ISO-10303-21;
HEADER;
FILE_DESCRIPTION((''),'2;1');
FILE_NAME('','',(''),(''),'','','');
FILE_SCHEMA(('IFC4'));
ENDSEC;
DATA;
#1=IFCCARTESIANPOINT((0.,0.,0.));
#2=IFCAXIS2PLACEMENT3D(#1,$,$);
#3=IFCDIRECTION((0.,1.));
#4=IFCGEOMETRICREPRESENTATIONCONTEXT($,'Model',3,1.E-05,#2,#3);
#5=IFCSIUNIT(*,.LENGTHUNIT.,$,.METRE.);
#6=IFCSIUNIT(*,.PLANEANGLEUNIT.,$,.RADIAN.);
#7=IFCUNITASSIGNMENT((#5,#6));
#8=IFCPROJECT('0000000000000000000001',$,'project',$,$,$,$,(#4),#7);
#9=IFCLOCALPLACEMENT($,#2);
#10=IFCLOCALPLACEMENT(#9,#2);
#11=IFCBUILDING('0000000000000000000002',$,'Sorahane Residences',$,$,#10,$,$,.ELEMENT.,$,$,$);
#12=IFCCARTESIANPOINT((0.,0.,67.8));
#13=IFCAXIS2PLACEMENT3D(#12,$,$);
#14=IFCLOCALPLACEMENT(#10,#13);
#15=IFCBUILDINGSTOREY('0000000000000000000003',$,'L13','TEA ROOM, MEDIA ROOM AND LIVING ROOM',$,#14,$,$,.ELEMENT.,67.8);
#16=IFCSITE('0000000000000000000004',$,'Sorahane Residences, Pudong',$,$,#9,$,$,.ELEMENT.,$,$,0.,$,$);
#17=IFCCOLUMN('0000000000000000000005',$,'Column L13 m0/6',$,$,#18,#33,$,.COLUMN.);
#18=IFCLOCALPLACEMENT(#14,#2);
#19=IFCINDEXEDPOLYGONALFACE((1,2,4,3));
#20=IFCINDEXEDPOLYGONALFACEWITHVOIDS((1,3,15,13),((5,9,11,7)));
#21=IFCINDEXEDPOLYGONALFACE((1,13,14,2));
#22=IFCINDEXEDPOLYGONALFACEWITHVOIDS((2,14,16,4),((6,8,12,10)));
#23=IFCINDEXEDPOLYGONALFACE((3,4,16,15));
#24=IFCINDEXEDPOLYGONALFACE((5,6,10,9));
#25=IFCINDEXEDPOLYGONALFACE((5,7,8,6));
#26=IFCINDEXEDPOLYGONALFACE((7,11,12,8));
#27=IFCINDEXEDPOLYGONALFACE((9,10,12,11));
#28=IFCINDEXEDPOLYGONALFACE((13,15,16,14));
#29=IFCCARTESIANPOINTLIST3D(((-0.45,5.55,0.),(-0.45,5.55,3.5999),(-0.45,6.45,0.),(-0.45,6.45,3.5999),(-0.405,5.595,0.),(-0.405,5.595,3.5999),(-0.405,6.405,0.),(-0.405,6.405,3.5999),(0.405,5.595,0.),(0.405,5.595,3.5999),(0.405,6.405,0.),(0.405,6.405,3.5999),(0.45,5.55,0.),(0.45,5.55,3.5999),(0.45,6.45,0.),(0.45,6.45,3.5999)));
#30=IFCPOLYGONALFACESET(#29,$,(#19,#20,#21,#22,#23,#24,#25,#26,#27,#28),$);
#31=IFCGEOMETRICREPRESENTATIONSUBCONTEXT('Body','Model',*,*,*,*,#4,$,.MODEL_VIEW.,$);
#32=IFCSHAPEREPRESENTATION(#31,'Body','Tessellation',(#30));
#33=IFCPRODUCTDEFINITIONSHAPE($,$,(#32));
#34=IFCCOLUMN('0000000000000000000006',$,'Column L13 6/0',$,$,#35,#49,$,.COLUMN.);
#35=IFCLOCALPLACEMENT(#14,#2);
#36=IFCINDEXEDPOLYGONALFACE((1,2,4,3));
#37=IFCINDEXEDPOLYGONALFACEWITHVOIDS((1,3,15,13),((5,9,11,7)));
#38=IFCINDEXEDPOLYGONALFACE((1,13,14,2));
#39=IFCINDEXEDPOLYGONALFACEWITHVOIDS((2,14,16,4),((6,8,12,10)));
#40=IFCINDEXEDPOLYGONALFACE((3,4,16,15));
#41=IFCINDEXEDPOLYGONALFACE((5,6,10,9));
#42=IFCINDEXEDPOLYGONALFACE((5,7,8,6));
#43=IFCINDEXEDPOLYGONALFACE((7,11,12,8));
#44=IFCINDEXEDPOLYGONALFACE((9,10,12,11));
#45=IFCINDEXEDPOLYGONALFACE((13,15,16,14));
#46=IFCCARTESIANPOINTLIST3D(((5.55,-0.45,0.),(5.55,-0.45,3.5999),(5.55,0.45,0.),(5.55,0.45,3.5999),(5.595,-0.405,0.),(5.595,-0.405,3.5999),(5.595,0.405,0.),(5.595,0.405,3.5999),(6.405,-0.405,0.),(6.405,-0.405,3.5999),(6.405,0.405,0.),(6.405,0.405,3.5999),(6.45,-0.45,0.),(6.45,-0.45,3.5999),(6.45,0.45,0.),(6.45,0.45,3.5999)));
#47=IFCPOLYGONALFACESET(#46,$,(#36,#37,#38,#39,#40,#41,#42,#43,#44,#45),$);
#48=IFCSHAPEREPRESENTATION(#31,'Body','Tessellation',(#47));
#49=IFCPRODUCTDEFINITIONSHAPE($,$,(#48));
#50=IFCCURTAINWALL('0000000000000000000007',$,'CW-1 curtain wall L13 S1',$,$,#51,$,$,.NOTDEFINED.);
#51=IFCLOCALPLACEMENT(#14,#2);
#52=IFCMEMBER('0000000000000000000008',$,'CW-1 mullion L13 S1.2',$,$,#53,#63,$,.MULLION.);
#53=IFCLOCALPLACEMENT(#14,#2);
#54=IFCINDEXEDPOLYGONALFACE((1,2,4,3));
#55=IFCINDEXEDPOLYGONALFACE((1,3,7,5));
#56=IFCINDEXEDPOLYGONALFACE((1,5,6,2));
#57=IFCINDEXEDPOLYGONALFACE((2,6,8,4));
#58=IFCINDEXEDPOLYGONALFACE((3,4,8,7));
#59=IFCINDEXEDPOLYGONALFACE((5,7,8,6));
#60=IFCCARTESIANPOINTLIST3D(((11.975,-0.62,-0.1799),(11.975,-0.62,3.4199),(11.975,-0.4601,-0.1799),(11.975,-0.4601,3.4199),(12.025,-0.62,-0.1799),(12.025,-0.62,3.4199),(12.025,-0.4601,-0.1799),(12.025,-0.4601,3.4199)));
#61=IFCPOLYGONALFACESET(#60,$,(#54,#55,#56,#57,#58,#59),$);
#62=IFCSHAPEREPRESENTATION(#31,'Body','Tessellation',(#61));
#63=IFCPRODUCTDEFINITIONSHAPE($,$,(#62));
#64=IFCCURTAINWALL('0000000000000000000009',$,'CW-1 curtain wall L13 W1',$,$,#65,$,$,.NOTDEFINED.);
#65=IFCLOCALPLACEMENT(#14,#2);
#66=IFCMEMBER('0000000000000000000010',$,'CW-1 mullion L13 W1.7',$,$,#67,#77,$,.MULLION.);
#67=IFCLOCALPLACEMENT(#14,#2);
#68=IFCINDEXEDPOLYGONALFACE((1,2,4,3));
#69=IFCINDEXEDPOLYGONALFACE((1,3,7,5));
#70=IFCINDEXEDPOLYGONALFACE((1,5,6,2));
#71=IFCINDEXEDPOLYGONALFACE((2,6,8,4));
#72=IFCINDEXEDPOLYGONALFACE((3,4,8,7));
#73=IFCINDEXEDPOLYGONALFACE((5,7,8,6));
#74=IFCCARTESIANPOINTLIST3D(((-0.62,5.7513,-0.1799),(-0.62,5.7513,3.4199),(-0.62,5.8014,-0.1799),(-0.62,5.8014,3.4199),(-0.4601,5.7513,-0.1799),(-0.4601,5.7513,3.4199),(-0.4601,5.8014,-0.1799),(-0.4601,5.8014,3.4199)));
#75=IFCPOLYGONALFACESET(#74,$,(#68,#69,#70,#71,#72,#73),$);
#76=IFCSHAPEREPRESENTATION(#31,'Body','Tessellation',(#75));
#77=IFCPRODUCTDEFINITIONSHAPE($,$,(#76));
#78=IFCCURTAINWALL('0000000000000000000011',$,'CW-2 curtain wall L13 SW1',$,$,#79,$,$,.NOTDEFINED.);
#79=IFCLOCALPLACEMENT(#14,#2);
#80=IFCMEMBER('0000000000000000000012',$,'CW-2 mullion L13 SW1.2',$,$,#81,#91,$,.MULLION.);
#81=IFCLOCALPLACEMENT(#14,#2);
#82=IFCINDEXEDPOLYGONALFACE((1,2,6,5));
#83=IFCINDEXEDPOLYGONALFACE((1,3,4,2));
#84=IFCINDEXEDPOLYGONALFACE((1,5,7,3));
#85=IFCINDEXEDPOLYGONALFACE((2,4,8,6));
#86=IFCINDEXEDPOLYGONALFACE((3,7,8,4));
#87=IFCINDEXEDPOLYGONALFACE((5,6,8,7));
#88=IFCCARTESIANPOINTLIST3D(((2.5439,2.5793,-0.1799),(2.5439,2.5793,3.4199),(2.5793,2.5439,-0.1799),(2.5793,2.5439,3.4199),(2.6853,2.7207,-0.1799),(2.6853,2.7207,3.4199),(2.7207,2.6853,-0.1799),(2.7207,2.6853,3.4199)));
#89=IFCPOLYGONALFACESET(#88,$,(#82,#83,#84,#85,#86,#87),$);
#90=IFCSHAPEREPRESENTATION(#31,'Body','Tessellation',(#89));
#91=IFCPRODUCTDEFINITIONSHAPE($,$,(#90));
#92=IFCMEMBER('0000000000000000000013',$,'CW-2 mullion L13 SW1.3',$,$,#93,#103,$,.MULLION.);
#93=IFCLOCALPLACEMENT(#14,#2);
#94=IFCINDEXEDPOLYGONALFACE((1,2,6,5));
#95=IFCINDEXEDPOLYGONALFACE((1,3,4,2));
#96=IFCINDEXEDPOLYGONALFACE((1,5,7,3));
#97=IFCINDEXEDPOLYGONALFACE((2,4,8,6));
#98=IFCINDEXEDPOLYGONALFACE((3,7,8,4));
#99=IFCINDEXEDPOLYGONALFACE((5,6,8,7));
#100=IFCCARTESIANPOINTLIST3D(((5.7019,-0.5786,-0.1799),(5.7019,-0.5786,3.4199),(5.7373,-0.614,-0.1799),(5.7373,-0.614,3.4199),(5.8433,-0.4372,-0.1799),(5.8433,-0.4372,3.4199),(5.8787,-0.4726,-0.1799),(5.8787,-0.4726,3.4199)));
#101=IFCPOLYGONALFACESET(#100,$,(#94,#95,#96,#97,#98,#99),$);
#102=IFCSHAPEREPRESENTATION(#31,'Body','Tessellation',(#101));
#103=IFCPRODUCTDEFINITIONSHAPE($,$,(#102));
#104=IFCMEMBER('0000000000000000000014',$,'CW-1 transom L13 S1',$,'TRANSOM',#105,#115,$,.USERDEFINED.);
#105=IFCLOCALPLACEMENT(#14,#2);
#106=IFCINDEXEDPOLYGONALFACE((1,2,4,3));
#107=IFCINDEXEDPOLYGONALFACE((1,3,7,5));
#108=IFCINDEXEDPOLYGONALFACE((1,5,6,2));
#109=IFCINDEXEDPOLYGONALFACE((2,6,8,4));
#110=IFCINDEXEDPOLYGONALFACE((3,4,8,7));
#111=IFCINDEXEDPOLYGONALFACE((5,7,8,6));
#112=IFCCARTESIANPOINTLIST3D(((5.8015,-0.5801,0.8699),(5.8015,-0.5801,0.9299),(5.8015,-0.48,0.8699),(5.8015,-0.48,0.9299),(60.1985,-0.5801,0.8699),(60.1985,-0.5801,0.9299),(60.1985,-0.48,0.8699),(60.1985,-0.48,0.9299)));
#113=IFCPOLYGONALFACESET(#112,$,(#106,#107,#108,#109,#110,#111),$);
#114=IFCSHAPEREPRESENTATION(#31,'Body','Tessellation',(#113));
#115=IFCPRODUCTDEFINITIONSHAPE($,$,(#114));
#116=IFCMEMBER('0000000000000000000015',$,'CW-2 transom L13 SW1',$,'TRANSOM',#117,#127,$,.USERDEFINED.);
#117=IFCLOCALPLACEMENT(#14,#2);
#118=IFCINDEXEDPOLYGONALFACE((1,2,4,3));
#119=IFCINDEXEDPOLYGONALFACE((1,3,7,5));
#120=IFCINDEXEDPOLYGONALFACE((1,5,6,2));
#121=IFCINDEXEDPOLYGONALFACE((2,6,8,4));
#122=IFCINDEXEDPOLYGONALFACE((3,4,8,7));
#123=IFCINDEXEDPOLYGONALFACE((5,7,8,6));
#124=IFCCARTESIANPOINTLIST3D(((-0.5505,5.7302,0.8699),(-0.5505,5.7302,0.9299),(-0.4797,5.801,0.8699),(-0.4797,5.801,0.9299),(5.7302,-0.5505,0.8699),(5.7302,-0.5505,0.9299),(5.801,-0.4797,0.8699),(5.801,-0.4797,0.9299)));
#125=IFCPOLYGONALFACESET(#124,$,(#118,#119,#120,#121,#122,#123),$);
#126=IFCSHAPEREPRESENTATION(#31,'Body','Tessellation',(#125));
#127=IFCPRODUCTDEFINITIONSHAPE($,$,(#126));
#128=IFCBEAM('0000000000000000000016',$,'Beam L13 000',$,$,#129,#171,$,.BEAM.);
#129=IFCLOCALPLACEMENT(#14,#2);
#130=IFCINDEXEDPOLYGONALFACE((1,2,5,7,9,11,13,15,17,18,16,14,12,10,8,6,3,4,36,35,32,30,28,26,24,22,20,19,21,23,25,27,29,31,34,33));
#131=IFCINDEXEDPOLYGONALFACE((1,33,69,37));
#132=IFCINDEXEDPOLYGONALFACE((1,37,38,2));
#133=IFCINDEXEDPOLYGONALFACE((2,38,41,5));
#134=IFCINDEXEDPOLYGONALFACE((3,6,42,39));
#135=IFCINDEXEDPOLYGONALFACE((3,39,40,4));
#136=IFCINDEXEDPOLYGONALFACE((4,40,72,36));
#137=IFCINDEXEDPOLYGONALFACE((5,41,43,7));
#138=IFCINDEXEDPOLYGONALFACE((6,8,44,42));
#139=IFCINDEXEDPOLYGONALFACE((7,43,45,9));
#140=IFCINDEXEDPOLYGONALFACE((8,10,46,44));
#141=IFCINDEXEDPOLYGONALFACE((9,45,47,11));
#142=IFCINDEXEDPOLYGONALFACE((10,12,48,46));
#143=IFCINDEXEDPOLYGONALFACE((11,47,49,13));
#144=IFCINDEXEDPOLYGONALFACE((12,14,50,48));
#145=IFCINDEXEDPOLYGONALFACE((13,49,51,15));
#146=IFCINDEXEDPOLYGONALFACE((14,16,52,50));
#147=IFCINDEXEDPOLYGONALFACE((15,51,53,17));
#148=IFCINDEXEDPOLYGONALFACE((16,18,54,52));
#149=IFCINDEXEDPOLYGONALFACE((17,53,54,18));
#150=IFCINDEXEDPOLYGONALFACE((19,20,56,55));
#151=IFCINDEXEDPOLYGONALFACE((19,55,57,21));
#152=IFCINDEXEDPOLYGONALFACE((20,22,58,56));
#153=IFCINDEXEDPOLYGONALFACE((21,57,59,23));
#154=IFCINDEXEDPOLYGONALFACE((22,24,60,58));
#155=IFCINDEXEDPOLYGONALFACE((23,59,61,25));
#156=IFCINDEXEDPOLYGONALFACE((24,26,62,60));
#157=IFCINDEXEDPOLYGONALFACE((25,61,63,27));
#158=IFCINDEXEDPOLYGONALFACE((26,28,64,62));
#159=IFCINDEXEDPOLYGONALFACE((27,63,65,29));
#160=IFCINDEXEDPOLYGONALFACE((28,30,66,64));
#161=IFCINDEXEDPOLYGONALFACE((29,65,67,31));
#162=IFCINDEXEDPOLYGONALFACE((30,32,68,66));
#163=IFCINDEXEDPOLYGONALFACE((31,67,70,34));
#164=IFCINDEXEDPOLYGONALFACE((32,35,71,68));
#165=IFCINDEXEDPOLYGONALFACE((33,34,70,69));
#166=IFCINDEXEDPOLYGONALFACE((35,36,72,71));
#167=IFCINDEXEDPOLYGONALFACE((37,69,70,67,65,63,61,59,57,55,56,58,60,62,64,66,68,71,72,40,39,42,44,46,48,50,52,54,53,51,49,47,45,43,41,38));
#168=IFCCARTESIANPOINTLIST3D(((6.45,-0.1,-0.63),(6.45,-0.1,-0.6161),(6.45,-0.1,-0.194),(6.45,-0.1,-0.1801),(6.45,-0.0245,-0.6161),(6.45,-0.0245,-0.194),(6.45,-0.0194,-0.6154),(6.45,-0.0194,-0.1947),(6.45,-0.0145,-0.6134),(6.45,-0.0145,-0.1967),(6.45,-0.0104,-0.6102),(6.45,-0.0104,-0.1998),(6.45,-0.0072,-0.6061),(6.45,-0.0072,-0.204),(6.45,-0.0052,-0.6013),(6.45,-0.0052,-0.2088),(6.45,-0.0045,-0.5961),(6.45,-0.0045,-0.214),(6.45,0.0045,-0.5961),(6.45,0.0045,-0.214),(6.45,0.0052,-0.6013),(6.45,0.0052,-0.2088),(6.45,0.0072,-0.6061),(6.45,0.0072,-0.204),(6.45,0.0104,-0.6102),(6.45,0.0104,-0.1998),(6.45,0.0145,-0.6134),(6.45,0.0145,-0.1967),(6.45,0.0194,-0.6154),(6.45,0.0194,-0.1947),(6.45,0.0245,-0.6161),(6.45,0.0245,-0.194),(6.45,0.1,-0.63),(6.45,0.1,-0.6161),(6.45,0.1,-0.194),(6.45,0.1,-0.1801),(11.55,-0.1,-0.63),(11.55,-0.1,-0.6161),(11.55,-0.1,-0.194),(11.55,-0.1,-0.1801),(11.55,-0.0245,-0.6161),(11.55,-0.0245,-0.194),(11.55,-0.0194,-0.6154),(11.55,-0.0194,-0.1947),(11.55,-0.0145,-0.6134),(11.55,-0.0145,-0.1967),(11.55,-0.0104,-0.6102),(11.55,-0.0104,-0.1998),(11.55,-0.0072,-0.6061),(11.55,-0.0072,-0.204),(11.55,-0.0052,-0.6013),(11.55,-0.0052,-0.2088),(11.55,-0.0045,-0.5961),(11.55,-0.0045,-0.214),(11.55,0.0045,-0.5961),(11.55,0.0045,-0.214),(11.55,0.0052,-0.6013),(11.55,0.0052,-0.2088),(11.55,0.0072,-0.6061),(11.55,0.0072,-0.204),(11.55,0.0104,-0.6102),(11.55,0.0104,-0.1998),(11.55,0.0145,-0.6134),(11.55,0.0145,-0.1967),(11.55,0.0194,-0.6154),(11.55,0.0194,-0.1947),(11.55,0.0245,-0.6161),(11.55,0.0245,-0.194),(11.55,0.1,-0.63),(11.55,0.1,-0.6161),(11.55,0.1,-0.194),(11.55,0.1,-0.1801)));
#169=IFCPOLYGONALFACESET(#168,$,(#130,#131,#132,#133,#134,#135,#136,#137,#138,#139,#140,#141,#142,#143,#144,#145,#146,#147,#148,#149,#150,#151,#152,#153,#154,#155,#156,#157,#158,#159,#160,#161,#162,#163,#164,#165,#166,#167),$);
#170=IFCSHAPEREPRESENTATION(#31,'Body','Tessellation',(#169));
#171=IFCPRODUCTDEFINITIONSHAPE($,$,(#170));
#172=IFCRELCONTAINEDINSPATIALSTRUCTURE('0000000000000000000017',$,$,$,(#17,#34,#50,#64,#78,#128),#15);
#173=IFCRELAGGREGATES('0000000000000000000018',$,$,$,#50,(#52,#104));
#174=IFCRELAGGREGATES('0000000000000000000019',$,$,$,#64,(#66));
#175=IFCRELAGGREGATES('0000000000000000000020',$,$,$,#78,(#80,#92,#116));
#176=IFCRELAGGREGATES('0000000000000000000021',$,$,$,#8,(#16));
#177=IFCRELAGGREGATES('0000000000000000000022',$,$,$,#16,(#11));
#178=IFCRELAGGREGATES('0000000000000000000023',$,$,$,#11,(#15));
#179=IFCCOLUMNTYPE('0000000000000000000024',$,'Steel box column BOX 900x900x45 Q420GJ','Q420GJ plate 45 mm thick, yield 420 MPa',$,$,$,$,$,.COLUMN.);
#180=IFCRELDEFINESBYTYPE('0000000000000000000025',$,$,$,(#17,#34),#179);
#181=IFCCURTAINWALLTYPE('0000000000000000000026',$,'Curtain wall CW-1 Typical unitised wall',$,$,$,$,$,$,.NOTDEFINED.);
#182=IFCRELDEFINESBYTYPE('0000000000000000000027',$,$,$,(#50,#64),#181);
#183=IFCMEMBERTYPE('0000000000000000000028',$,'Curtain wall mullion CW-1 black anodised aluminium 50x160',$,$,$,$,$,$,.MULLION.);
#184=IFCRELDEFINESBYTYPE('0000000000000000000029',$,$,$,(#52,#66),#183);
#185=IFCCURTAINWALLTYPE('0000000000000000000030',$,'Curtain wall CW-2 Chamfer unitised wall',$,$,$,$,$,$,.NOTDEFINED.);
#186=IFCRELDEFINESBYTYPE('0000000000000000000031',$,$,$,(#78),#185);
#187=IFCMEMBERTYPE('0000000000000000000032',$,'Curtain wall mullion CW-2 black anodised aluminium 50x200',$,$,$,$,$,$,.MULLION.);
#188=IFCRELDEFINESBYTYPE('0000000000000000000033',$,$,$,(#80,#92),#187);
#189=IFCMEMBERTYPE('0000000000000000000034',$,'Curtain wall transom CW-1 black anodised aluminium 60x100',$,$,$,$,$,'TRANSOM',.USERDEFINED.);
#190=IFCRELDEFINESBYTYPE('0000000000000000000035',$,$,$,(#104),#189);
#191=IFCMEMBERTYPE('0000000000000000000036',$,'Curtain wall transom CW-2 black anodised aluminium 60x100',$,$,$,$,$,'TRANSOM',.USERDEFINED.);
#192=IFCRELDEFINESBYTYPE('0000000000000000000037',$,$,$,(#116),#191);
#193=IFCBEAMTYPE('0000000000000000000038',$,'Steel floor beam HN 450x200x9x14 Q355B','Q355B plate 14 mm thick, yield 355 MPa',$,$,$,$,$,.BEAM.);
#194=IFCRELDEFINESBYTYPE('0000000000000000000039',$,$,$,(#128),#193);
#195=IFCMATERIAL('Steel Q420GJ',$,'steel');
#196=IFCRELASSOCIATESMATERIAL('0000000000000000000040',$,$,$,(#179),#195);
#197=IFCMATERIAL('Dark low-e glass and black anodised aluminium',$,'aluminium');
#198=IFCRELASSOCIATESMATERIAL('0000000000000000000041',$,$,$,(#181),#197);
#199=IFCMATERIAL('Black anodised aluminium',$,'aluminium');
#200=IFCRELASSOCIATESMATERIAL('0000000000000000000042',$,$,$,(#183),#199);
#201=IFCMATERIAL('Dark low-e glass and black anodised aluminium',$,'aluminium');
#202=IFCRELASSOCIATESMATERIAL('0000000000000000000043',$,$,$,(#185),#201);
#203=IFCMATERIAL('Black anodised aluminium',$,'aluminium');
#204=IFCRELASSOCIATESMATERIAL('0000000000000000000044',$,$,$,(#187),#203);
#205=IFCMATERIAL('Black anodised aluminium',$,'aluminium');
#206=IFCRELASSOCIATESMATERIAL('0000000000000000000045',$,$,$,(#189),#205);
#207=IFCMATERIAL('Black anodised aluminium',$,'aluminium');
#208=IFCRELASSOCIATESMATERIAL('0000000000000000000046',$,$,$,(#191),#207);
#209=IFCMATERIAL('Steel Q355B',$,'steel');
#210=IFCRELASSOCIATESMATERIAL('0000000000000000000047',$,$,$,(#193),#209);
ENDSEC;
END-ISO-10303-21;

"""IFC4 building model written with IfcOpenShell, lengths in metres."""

from ifc_helpers import new_model, si_unit, direction, frame, origin, origin_2d, place, context, subcontext, project, spatial, rectangle, hollow_rectangle, i_section, extrude, material, material_profile, profile_set, type_object, element, aggregate, save


model = new_model("IFC4")

# Units and contexts
model_context = context("Model", 3, precision=1e-05, world=origin(), true_north=direction((0.0, 1.0)))
body_context = subcontext(model_context, "Body", "Model", "MODEL_VIEW")
ifc_project = project(units=[si_unit("LENGTHUNIT", "METRE"), si_unit("PLANEANGLEUNIT", "RADIAN")], contexts=[model_context])

# Site, building, storey
site_placement = place(None, origin())
site = spatial("IfcSite", under=ifc_project, at=site_placement, Name="Sorahane Residences, Pudong", CompositionType="ELEMENT", RefElevation=0.0)
building_placement = place(site_placement, origin())
building = spatial("IfcBuilding", under=site, at=building_placement, Name="Sorahane Residences", CompositionType="ELEMENT")
storey_placement = place(building_placement, frame((0.0, 0.0, 67.8)))
storey = spatial("IfcBuildingStorey", under=building, at=storey_placement, Name="L13", Description="TEA ROOM, MEDIA ROOM AND LIVING ROOM", CompositionType="ELEMENT", Elevation=67.8)

# Columns
ifc_material_1 = material(Name="Steel Q420GJ", Category="steel")
ifc_material_profile_1 = material_profile(ifc_material_1, hollow_rectangle(XDim=0.8999, YDim=0.8999, WallThickness=0.0449, at=origin_2d()), Name="BOX 900x900x45")
ifc_profile_set_1 = profile_set([ifc_material_profile_1], Name="Steel Q420GJ")
column_type = type_object("IfcColumnType", Name="Steel box column BOX 900x900x45 Q420GJ", Description="Q420GJ plate 45 mm thick, yield 420 MPa", PredefinedType="COLUMN", material=ifc_profile_set_1)
for number, where, z_axis, x_axis, name in (
    (1, (0.0, 6.0, 0.0), (0.0, 0.0, 1.0), (1.0, 0.0, 0.0), "Column L13 m0/6"),
    (2, (6.0, 0.0, 0.0), (0.0, 0.0, 1.0), (1.0, 0.0, 0.0), "Column L13 6/0"),
):
    element("IfcColumn", number, at=place(storey_placement, frame(where, z_axis=z_axis, x_axis=x_axis)), inside=storey, type_object=column_type, Name=name, PredefinedType="COLUMN", context=body_context, shape_type="SweptSolid", body=[
        extrude(hollow_rectangle(XDim=0.8999, YDim=0.8999, WallThickness=0.0449, at=origin_2d()), origin(), (0.0, 0.0, 1.0), 3.5999),
    ])

# Curtain walls, members
ifc_material_2 = material(Name="Dark low-e glass and black anodised aluminium", Category="aluminium")
curtain_wall_type_1 = type_object("IfcCurtainWallType", Name="Curtain wall CW-1 Typical unitised wall", PredefinedType="NOTDEFINED", material=ifc_material_2)
curtain_wall_1_placement = place(storey_placement, origin())
curtain_wall_1 = element("IfcCurtainWall", 3, at=curtain_wall_1_placement, inside=storey, type_object=curtain_wall_type_1, Name="CW-1 curtain wall L13 S1", PredefinedType="NOTDEFINED")
ifc_material_3 = material(Name="Black anodised aluminium", Category="aluminium")
ifc_material_profile_2 = material_profile(ifc_material_3, rectangle(XDim=0.1599, YDim=0.05, at=origin_2d()), Name="Curtain wall mullion CW-1 black anodised aluminium 50x160")
ifc_profile_set_2 = profile_set([ifc_material_profile_2], Name="Black anodised aluminium")
member_type_1 = type_object("IfcMemberType", Name="Curtain wall mullion CW-1 black anodised aluminium 50x160", PredefinedType="MULLION", material=ifc_profile_set_2)
member_1_placement = place(storey_placement, frame((12.0, -0.54, -0.1799), z_axis=(0.0, 0.0, 1.0), x_axis=(0.0, -1.0, 0.0)))
member_1 = element("IfcMember", 4, at=member_1_placement, type_object=member_type_1, Name="CW-1 mullion L13 S1.2", PredefinedType="MULLION", context=body_context, shape_type="SweptSolid", body=[
    extrude(rectangle(XDim=0.1599, YDim=0.05, at=origin_2d()), origin(), (0.0, 0.0, 1.0), 3.5999),
])
curtain_wall_2_placement = place(storey_placement, origin())
curtain_wall_2 = element("IfcCurtainWall", 5, at=curtain_wall_2_placement, inside=storey, type_object=curtain_wall_type_1, Name="CW-1 curtain wall L13 W1", PredefinedType="NOTDEFINED")
member_2_placement = place(storey_placement, frame((-0.54, 5.7764, -0.1799), z_axis=(0.0, 0.0, 1.0), x_axis=(-1.0, 0.0, 0.0)))
member_2 = element("IfcMember", 6, at=member_2_placement, type_object=member_type_1, Name="CW-1 mullion L13 W1.7", PredefinedType="MULLION", context=body_context, shape_type="SweptSolid", body=[
    extrude(rectangle(XDim=0.1599, YDim=0.05, at=origin_2d()), origin(), (0.0, 0.0, 1.0), 3.5999),
])

# Curtain wall, members
ifc_material_4 = material(Name="Dark low-e glass and black anodised aluminium", Category="aluminium")
curtain_wall_type_2 = type_object("IfcCurtainWallType", Name="Curtain wall CW-2 Chamfer unitised wall", PredefinedType="NOTDEFINED", material=ifc_material_4)
curtain_wall_3_placement = place(storey_placement, origin())
curtain_wall_3 = element("IfcCurtainWall", 7, at=curtain_wall_3_placement, inside=storey, type_object=curtain_wall_type_2, Name="CW-2 curtain wall L13 SW1", PredefinedType="NOTDEFINED")
ifc_material_5 = material(Name="Black anodised aluminium", Category="aluminium")
ifc_material_profile_3 = material_profile(ifc_material_5, rectangle(XDim=0.2, YDim=0.05, at=origin_2d()), Name="Curtain wall mullion CW-2 black anodised aluminium 50x200")
ifc_profile_set_3 = profile_set([ifc_material_profile_3], Name="Black anodised aluminium")
member_type_2 = type_object("IfcMemberType", Name="Curtain wall mullion CW-2 black anodised aluminium 50x200", PredefinedType="MULLION", material=ifc_profile_set_3)
member_3_placement = place(storey_placement, frame((2.6323, 2.6323, -0.1799), z_axis=(0.0, 0.0, 1.0), x_axis=(-0.707107, -0.707107, 0.0)))
member_3 = element("IfcMember", 8, at=member_3_placement, type_object=member_type_2, Name="CW-2 mullion L13 SW1.2", PredefinedType="MULLION", context=body_context, shape_type="SweptSolid", body=[
    extrude(rectangle(XDim=0.2, YDim=0.05, at=origin_2d()), origin(), (0.0, 0.0, 1.0), 3.5999),
])
member_4_placement = place(storey_placement, frame((5.7903, -0.5256, -0.1799), z_axis=(0.0, 0.0, 1.0), x_axis=(-0.707107, -0.707107, 0.0)))
member_4 = element("IfcMember", 9, at=member_4_placement, type_object=member_type_2, Name="CW-2 mullion L13 SW1.3", PredefinedType="MULLION", context=body_context, shape_type="SweptSolid", body=[
    extrude(rectangle(XDim=0.2, YDim=0.05, at=origin_2d()), origin(), (0.0, 0.0, 1.0), 3.5999),
])

# Members
ifc_material_6 = material(Name="Black anodised aluminium", Category="aluminium")
ifc_material_profile_4 = material_profile(ifc_material_6, rectangle(XDim=0.1001, YDim=0.0601, at=origin_2d()), Name="Curtain wall transom CW-1 black anodised aluminium 60x100")
ifc_profile_set_4 = profile_set([ifc_material_profile_4], Name="Black anodised aluminium")
member_type_3 = type_object("IfcMemberType", Name="Curtain wall transom CW-1 black anodised aluminium 60x100", ElementType="TRANSOM", PredefinedType="USERDEFINED", material=ifc_profile_set_4)
member_5_placement = place(storey_placement, frame((5.8015, -0.53, 0.8999), z_axis=(1.0, 0.0, 0.0), x_axis=(0.0, 1.0, 0.0)))
member_5 = element("IfcMember", 10, at=member_5_placement, type_object=member_type_3, Name="CW-1 transom L13 S1", ObjectType="TRANSOM", PredefinedType="USERDEFINED", context=body_context, shape_type="SweptSolid", body=[
    extrude(rectangle(XDim=0.1001, YDim=0.0601, at=origin_2d()), origin(), (0.0, 0.0, 1.0), 54.397),
])
ifc_material_7 = material(Name="Black anodised aluminium", Category="aluminium")
ifc_material_profile_5 = material_profile(ifc_material_7, rectangle(XDim=0.1001, YDim=0.0601, at=origin_2d()), Name="Curtain wall transom CW-2 black anodised aluminium 60x100")
ifc_profile_set_5 = profile_set([ifc_material_profile_5], Name="Black anodised aluminium")
member_type_4 = type_object("IfcMemberType", Name="Curtain wall transom CW-2 black anodised aluminium 60x100", ElementType="TRANSOM", PredefinedType="USERDEFINED", material=ifc_profile_set_5)
member_6_placement = place(storey_placement, frame((-0.5151, 5.7656, 0.8999), z_axis=(0.707107, -0.707107, 0.0), x_axis=(0.707107, 0.707107, 0.0)))
member_6 = element("IfcMember", 11, at=member_6_placement, type_object=member_type_4, Name="CW-2 transom L13 SW1", ObjectType="TRANSOM", PredefinedType="USERDEFINED", context=body_context, shape_type="SweptSolid", body=[
    extrude(rectangle(XDim=0.1001, YDim=0.0601, at=origin_2d()), origin(), (0.0, 0.0, 1.0), 8.8823),
])

# Beam
ifc_material_8 = material(Name="Steel Q355B", Category="steel")
ifc_material_profile_6 = material_profile(ifc_material_8, i_section(OverallWidth=0.2, OverallDepth=0.45, WebThickness=0.009, FlangeThickness=0.0139, FilletRadius=0.02, at=origin_2d()), Name="HN 450x200x9x14")
ifc_profile_set_6 = profile_set([ifc_material_profile_6], Name="Steel Q355B")
beam_type_1 = type_object("IfcBeamType", Name="Steel floor beam HN 450x200x9x14 Q355B", Description="Q355B plate 14 mm thick, yield 355 MPa", PredefinedType="BEAM", material=ifc_profile_set_6)
for number, where, z_axis, x_axis, name in (
    (12, (6.45, 0.0, -0.405), (1.0, 0.0, 0.0), (0.0, 1.0, 0.0), "Beam L13 000"),
):
    element("IfcBeam", number, at=place(storey_placement, frame(where, z_axis=z_axis, x_axis=x_axis)), inside=storey, type_object=beam_type_1, Name=name, PredefinedType="BEAM", context=body_context, shape_type="SweptSolid", body=[
        extrude(i_section(OverallWidth=0.2, OverallDepth=0.45, WebThickness=0.009, FlangeThickness=0.0139, FilletRadius=0.02, at=origin_2d()), origin(), (0.0, 0.0, 1.0), 5.1001),
    ])

aggregate(curtain_wall_1, [member_1, member_5])
aggregate(curtain_wall_2, [member_2])
aggregate(curtain_wall_3, [member_3, member_4, member_6])

save(model, "model.ifc")
